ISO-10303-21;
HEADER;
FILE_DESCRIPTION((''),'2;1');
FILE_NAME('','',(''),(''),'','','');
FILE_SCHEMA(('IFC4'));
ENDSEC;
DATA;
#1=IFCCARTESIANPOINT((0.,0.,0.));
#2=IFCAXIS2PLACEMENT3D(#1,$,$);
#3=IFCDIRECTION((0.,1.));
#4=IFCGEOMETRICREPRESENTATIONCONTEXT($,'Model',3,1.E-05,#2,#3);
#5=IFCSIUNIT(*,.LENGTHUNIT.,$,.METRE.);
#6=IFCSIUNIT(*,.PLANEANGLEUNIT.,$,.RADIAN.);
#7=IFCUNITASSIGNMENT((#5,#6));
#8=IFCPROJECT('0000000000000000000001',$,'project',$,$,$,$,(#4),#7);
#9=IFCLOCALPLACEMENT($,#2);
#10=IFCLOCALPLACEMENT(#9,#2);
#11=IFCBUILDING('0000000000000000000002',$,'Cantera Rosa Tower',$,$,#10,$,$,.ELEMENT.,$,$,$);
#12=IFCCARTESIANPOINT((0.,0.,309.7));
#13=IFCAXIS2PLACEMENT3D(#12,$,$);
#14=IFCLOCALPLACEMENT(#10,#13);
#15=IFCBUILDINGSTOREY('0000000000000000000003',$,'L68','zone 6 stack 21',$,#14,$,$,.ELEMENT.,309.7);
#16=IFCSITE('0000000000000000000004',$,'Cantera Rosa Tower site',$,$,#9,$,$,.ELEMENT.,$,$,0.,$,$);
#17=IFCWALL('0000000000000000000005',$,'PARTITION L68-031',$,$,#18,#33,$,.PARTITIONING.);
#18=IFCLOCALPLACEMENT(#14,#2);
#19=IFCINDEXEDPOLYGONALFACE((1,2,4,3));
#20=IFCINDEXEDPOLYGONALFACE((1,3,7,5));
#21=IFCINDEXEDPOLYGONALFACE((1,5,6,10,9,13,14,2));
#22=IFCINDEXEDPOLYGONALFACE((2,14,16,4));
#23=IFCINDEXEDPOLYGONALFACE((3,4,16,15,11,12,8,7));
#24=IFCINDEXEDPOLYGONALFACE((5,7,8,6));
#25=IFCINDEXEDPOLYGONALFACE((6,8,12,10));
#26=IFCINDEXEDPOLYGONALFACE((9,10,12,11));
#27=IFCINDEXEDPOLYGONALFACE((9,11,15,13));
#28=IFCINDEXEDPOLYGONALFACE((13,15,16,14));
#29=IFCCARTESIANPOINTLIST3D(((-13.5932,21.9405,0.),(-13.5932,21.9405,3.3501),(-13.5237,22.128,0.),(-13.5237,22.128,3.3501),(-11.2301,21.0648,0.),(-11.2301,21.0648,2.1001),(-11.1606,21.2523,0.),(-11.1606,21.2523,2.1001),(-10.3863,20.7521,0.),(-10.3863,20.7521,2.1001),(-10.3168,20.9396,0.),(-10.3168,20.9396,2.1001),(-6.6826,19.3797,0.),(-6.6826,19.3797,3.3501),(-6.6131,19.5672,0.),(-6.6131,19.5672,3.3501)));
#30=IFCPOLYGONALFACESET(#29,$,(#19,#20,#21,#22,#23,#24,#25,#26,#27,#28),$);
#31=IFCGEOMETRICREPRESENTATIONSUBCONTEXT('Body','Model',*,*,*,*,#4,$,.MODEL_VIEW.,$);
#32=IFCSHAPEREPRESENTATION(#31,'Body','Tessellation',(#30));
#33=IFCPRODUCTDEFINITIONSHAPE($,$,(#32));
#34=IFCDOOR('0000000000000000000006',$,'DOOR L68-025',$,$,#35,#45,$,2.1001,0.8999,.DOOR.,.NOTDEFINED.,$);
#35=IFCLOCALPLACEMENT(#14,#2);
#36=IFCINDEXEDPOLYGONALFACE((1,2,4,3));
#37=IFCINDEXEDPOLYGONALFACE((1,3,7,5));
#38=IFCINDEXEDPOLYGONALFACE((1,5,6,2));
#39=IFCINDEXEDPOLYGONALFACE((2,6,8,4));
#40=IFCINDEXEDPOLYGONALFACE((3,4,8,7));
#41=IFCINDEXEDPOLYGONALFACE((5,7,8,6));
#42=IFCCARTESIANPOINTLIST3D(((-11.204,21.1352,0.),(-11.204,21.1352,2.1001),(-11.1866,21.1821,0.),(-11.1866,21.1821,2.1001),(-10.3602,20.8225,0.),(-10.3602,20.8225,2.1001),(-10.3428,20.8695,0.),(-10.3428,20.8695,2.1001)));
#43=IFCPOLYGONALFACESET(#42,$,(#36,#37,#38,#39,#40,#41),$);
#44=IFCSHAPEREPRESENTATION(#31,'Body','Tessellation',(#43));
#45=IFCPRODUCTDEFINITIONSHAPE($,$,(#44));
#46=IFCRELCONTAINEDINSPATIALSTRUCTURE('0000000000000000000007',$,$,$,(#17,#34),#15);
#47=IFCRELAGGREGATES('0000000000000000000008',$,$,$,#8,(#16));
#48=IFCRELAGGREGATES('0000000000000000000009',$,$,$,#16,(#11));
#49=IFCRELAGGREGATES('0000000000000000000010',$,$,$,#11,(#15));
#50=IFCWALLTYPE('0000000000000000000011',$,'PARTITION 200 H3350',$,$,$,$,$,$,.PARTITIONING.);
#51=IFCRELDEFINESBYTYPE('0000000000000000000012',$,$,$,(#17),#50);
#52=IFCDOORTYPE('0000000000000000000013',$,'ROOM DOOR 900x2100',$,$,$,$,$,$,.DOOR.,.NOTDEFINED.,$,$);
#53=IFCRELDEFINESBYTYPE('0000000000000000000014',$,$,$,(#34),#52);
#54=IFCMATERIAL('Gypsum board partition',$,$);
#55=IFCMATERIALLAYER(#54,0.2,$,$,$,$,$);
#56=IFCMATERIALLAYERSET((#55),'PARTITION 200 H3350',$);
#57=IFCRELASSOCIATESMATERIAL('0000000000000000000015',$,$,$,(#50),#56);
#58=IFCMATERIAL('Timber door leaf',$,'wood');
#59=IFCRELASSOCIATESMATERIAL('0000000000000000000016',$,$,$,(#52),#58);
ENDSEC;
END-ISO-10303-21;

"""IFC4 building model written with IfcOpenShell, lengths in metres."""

from ifc_helpers import new_model, si_unit, direction, frame, frame_2d, origin, place, context, subcontext, project, spatial, rectangle, extrude, material, layer, layer_set, type_object, element, fill, save


model = new_model("IFC4")

# Units and contexts
model_context = context("Model", 3, precision=1e-05, world=origin(), true_north=direction((0.0, 1.0)))
body_context = subcontext(model_context, "Body", "Model", "MODEL_VIEW")
ifc_project = project(units=[si_unit("LENGTHUNIT", "METRE"), si_unit("PLANEANGLEUNIT", "RADIAN")], contexts=[model_context])

# Site, building, storey
site_placement = place(None, origin())
site = spatial("IfcSite", under=ifc_project, at=site_placement, Name="Cantera Rosa Tower site", CompositionType="ELEMENT", RefElevation=0.0)
building_placement = place(site_placement, origin())
building = spatial("IfcBuilding", under=site, at=building_placement, Name="Cantera Rosa Tower", CompositionType="ELEMENT")
storey_placement = place(building_placement, frame((0.0, 0.0, 309.7)))
storey = spatial("IfcBuildingStorey", under=building, at=storey_placement, Name="L68", Description="zone 6 stack 21", CompositionType="ELEMENT", Elevation=309.7)

# Shared definitions
ifc_material_1 = material(Name="Gypsum board partition")
ifc_layer_1 = layer(ifc_material_1, 0.2)
ifc_layer_set_1 = layer_set([ifc_layer_1], Name="PARTITION 200 H3350")
wall_type_1 = type_object("IfcWallType", Name="PARTITION 200 H3350", PredefinedType="PARTITIONING", material=ifc_layer_set_1)

# Wall, opening, door
wall_1_placement = place(storey_placement, frame((-6.6477, 19.4734, 0.0), z_axis=(0.0, 0.0, 1.0), x_axis=(-0.937692, 0.347469, 0.0)))
wall_1 = element("IfcWall", 1, at=wall_1_placement, inside=storey, type_object=wall_type_1, Name="PARTITION L68-031", PredefinedType="PARTITIONING", context=body_context, shape_type="SweptSolid", body=[
    extrude(rectangle(XDim=7.3699, YDim=0.2, at=frame_2d((3.6851, 0.0))), origin(), (0.0, 0.0, 1.0), 3.3501),
])
opening_1_placement = place(wall_1_placement, frame((3.95, 0.0, 0.0)))
opening_1 = element("IfcOpeningElement", 2, at=opening_1_placement, cuts=wall_1, PredefinedType="OPENING", context=body_context, shape_type="SweptSolid", body=[
    extrude(rectangle(XDim=0.8999, YDim=2.1001, at=frame_2d((0.45, 1.05))), frame((0.0, 0.1099, 0.0), z_axis=(0.0, -1.0, 0.0), x_axis=(1.0, 0.0, 0.0)), (0.0, 0.0, 1.0), 0.22),
])
ifc_material_2 = material(Name="Timber door leaf", Category="wood")
door_type_1 = type_object("IfcDoorType", Name="ROOM DOOR 900x2100", OperationType="NOTDEFINED", PredefinedType="DOOR", material=ifc_material_2)
door_1_placement = place(opening_1_placement, origin())
door_1 = element("IfcDoor", 3, at=door_1_placement, inside=storey, type_object=door_type_1, Name="DOOR L68-025", OperationType="NOTDEFINED", OverallHeight=2.1001, OverallWidth=0.8999, PredefinedType="DOOR", context=body_context, shape_type="SweptSolid", body=[
    extrude(rectangle(XDim=0.8999, YDim=2.1001, at=frame_2d((0.45, 1.05))), frame((0.0, 0.0249, 0.0), z_axis=(0.0, -1.0, 0.0), x_axis=(1.0, 0.0, 0.0)), (0.0, 0.0, 1.0), 0.05),
])
fill(opening_1, door_1)

save(model, "model.ifc")
